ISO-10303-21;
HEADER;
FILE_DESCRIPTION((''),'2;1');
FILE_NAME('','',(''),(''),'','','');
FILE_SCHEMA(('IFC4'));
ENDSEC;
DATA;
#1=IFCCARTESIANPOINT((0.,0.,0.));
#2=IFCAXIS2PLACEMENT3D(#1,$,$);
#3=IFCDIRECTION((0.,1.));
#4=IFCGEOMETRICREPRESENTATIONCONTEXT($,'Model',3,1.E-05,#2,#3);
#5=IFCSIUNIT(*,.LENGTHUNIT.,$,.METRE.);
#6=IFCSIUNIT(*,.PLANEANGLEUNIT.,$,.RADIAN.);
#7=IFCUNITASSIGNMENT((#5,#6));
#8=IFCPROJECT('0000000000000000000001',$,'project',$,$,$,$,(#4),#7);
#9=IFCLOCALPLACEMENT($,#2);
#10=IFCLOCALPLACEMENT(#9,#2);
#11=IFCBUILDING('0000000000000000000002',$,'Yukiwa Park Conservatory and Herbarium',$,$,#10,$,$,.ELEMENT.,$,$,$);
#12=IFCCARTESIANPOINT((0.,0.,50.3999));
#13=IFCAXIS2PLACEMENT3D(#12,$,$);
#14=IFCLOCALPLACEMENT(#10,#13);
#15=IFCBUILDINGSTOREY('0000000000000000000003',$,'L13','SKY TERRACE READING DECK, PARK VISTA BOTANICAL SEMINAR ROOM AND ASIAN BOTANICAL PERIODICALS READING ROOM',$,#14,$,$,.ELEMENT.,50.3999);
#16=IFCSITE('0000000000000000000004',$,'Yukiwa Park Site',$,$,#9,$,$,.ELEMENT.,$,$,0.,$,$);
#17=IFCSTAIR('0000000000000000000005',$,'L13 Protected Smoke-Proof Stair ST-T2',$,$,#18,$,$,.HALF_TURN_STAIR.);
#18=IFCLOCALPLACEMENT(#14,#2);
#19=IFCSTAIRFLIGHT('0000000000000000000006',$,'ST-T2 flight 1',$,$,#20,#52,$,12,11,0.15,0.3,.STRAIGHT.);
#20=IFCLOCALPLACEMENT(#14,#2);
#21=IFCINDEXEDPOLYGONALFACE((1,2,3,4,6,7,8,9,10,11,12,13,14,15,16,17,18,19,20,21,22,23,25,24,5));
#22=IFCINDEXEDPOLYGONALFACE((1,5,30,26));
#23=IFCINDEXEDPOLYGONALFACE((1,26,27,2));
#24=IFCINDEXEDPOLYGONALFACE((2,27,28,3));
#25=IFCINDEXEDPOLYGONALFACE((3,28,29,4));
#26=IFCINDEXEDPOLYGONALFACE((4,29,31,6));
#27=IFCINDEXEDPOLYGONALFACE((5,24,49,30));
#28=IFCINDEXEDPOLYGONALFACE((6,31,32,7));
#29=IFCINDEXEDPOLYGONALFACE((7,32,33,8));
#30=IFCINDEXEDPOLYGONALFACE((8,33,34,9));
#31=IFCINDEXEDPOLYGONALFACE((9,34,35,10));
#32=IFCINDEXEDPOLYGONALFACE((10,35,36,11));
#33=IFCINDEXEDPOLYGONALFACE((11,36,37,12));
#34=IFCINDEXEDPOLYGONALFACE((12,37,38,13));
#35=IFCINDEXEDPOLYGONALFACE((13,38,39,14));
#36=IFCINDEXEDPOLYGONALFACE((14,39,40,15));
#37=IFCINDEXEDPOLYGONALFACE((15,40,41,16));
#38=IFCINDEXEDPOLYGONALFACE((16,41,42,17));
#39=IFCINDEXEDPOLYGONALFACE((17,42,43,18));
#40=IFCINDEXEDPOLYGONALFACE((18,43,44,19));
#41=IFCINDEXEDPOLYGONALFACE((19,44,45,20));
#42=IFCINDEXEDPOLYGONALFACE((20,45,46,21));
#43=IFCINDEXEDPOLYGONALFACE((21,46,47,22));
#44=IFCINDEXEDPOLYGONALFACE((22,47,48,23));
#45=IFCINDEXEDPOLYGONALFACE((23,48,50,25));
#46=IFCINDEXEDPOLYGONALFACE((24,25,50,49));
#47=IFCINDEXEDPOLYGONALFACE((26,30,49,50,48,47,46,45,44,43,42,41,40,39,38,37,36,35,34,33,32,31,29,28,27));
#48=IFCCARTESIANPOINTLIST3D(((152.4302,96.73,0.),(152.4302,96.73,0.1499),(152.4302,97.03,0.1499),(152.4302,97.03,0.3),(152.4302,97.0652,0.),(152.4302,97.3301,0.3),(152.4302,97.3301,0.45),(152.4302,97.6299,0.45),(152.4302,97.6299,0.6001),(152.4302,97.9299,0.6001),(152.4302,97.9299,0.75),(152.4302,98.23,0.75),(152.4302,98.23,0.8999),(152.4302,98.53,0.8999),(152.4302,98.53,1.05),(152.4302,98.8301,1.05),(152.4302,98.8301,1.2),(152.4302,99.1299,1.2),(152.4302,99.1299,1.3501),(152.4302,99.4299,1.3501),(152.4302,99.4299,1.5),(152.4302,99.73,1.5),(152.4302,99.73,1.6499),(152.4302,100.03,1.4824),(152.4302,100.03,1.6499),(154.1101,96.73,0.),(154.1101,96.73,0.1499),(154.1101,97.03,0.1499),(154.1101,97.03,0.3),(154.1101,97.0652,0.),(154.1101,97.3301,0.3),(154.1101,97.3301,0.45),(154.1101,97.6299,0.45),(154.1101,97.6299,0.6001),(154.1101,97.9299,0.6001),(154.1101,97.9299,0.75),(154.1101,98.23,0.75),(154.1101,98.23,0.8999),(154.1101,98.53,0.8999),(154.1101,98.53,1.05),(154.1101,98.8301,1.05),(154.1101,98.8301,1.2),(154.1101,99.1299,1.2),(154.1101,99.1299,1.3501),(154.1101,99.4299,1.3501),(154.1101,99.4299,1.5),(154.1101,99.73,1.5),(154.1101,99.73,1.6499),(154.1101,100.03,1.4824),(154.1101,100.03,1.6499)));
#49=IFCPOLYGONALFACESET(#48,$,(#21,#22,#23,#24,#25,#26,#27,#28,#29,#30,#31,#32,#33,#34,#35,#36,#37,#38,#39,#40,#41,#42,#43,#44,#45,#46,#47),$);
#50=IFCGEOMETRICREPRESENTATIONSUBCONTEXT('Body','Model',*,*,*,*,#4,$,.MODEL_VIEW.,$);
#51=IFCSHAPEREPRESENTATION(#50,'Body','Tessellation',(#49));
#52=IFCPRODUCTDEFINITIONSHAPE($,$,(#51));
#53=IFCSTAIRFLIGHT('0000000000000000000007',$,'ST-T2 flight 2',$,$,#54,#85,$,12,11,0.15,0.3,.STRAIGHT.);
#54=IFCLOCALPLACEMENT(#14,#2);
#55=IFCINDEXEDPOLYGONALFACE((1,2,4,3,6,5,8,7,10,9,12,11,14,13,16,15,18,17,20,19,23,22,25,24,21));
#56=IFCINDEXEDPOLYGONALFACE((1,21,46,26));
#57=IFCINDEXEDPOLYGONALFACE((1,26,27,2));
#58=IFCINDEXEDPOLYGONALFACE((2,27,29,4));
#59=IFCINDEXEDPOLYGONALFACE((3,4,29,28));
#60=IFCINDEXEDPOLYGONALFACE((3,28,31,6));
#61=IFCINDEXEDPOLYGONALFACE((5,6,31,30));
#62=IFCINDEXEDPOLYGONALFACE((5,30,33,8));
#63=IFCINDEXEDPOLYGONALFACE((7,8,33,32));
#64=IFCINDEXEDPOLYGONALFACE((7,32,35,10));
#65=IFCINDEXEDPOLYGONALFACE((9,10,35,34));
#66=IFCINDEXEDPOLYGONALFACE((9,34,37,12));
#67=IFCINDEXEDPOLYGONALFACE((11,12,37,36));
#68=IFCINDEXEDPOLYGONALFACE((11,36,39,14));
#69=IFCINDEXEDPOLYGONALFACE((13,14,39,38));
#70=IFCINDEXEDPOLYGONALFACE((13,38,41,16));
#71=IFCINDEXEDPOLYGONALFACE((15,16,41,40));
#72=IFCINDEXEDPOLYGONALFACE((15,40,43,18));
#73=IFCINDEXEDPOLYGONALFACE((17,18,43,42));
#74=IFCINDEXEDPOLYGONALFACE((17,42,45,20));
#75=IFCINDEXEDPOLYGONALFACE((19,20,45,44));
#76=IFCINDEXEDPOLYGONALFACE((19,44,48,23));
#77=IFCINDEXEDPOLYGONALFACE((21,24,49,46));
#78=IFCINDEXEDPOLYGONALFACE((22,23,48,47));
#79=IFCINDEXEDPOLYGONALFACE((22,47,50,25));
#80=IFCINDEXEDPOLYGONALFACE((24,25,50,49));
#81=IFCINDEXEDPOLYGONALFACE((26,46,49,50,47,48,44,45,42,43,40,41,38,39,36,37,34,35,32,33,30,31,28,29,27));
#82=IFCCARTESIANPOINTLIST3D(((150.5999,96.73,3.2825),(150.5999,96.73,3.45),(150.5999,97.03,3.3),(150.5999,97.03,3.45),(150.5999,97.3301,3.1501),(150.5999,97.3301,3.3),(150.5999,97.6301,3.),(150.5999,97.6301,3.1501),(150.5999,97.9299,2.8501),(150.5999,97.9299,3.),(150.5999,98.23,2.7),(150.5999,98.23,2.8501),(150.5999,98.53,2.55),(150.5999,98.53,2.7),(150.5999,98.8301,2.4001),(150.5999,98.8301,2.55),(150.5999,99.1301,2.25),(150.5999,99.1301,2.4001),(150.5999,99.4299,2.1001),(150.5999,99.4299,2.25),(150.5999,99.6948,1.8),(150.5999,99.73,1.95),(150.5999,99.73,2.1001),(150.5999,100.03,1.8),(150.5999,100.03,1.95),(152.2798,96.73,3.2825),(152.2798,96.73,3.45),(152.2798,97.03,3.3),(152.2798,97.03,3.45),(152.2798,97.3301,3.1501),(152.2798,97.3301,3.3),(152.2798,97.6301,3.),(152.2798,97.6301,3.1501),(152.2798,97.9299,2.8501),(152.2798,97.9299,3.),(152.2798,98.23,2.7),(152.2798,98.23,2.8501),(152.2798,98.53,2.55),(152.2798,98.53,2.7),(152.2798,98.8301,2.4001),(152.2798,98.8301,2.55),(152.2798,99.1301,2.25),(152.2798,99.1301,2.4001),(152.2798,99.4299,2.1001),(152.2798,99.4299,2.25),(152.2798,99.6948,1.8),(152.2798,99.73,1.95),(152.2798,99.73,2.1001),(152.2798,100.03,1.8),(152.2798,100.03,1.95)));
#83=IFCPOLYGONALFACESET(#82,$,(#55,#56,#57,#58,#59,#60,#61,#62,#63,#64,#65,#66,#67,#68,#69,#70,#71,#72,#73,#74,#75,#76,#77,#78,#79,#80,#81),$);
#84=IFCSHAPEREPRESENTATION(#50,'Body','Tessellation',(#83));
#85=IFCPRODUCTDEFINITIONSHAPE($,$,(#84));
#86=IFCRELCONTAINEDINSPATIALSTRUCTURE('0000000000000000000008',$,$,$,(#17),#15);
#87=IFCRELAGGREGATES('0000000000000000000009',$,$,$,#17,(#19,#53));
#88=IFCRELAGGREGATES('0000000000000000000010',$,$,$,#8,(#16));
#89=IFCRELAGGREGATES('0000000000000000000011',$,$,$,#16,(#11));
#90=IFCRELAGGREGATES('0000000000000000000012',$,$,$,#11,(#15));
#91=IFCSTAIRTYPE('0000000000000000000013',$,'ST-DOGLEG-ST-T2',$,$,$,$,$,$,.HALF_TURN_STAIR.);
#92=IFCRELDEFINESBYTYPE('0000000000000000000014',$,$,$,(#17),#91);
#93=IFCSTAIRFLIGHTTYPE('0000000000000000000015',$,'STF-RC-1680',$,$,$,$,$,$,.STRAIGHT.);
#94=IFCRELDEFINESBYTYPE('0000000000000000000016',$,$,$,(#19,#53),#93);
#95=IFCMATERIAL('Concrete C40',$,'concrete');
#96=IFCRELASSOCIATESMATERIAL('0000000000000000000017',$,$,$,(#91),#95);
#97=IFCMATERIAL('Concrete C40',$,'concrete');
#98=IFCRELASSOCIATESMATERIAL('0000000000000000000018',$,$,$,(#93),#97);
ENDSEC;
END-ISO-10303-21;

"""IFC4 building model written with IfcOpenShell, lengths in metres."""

from ifc_helpers import new_model, si_unit, direction, frame, origin, place, context, subcontext, project, spatial, polyline, outline, extrude, material, type_object, element, aggregate, save


model = new_model("IFC4")

# Units and contexts
model_context = context("Model", 3, precision=1e-05, world=origin(), true_north=direction((0.0, 1.0)))
body_context = subcontext(model_context, "Body", "Model", "MODEL_VIEW")
ifc_project = project(units=[si_unit("LENGTHUNIT", "METRE"), si_unit("PLANEANGLEUNIT", "RADIAN")], contexts=[model_context])

# Site, building, storey
site_placement = place(None, origin())
site = spatial("IfcSite", under=ifc_project, at=site_placement, Name="Yukiwa Park Site", CompositionType="ELEMENT", RefElevation=0.0)
building_placement = place(site_placement, origin())
building = spatial("IfcBuilding", under=site, at=building_placement, Name="Yukiwa Park Conservatory and Herbarium", CompositionType="ELEMENT")
storey_placement = place(building_placement, frame((0.0, 0.0, 50.3999)))
storey = spatial("IfcBuildingStorey", under=building, at=storey_placement, Name="L13", Description="SKY TERRACE READING DECK, PARK VISTA BOTANICAL SEMINAR ROOM AND ASIAN BOTANICAL PERIODICALS READING ROOM", CompositionType="ELEMENT", Elevation=50.3999)

# Stair, stair flights
ifc_material_1 = material(Name="Concrete C40", Category="concrete")
stair_type = type_object("IfcStairType", Name="ST-DOGLEG-ST-T2", PredefinedType="HALF_TURN_STAIR", material=ifc_material_1)
stair_placement = place(storey_placement, origin())
stair = element("IfcStair", 1, at=stair_placement, inside=storey, type_object=stair_type, Name="L13 Protected Smoke-Proof Stair ST-T2", PredefinedType="HALF_TURN_STAIR")
ifc_material_2 = material(Name="Concrete C40", Category="concrete")
stair_flight_type = type_object("IfcStairFlightType", Name="STF-RC-1680", PredefinedType="STRAIGHT", material=ifc_material_2)
stair_flight_1_placement = place(storey_placement, frame((153.27, 96.73, 0.0), z_axis=(0.0, 0.0, 1.0), x_axis=(0.0, 1.0, 0.0)))
stair_flight_1 = element("IfcStairFlight", 2, at=stair_flight_1_placement, type_object=stair_flight_type, Name="ST-T2 flight 1", NumberOfRisers=12, NumberOfTreads=11, PredefinedType="STRAIGHT", RiserHeight=0.15, TreadLength=0.3, context=body_context, shape_type="SweptSolid", body=[
    extrude(outline(polyline([(0.0, 0.0), (0.0, 0.1499), (0.3, 0.1499), (0.3, 0.3), (0.6001, 0.3), (0.6001, 0.45), (0.8999, 0.45), (0.8999, 0.6001), (1.2, 0.6001), (1.2, 0.75), (1.5, 0.75), (1.5, 0.8999), (1.8, 0.8999), (1.8, 1.05), (2.1001, 1.05), (2.1001, 1.2), (2.3999, 1.2), (2.3999, 1.3501), (2.7, 1.3501), (2.7, 1.5), (3.0, 1.5), (3.0, 1.6499), (3.3, 1.6499), (3.3, 1.8), (3.3, 1.4824), (0.3352, 0.0), (0.0, 0.0)])), frame((0.0, 0.8398, 0.0), z_axis=(0.0, -1.0, 0.0), x_axis=(1.0, 0.0, 0.0)), (0.0, 0.0, 1.0), 1.6799),
])
stair_flight_2_placement = place(storey_placement, frame((151.4399, 100.03, 1.8), z_axis=(0.0, 0.0, 1.0), x_axis=(0.0, -1.0, 0.0)))
stair_flight_2 = element("IfcStairFlight", 3, at=stair_flight_2_placement, type_object=stair_flight_type, Name="ST-T2 flight 2", NumberOfRisers=12, NumberOfTreads=11, PredefinedType="STRAIGHT", RiserHeight=0.15, TreadLength=0.3, context=body_context, shape_type="SweptSolid", body=[
    extrude(outline(polyline([(0.0, 0.0), (0.0, 0.1499), (0.3, 0.1499), (0.3, 0.3), (0.6001, 0.3), (0.6001, 0.45), (0.8999, 0.45), (0.8999, 0.6001), (1.2, 0.6001), (1.2, 0.75), (1.5, 0.75), (1.5, 0.8999), (1.8, 0.8999), (1.8, 1.05), (2.1001, 1.05), (2.1001, 1.2), (2.3999, 1.2), (2.3999, 1.3501), (2.7, 1.3501), (2.7, 1.5), (3.0, 1.5), (3.0, 1.6499), (3.3, 1.6499), (3.3, 1.8), (3.3, 1.4824), (0.3352, 0.0), (0.0, 0.0)])), frame((0.0, 0.8398, 0.0), z_axis=(0.0, -1.0, 0.0), x_axis=(1.0, 0.0, 0.0)), (0.0, 0.0, 1.0), 1.6799),
])
aggregate(stair, [stair_flight_1, stair_flight_2])

save(model, "model.ifc")
